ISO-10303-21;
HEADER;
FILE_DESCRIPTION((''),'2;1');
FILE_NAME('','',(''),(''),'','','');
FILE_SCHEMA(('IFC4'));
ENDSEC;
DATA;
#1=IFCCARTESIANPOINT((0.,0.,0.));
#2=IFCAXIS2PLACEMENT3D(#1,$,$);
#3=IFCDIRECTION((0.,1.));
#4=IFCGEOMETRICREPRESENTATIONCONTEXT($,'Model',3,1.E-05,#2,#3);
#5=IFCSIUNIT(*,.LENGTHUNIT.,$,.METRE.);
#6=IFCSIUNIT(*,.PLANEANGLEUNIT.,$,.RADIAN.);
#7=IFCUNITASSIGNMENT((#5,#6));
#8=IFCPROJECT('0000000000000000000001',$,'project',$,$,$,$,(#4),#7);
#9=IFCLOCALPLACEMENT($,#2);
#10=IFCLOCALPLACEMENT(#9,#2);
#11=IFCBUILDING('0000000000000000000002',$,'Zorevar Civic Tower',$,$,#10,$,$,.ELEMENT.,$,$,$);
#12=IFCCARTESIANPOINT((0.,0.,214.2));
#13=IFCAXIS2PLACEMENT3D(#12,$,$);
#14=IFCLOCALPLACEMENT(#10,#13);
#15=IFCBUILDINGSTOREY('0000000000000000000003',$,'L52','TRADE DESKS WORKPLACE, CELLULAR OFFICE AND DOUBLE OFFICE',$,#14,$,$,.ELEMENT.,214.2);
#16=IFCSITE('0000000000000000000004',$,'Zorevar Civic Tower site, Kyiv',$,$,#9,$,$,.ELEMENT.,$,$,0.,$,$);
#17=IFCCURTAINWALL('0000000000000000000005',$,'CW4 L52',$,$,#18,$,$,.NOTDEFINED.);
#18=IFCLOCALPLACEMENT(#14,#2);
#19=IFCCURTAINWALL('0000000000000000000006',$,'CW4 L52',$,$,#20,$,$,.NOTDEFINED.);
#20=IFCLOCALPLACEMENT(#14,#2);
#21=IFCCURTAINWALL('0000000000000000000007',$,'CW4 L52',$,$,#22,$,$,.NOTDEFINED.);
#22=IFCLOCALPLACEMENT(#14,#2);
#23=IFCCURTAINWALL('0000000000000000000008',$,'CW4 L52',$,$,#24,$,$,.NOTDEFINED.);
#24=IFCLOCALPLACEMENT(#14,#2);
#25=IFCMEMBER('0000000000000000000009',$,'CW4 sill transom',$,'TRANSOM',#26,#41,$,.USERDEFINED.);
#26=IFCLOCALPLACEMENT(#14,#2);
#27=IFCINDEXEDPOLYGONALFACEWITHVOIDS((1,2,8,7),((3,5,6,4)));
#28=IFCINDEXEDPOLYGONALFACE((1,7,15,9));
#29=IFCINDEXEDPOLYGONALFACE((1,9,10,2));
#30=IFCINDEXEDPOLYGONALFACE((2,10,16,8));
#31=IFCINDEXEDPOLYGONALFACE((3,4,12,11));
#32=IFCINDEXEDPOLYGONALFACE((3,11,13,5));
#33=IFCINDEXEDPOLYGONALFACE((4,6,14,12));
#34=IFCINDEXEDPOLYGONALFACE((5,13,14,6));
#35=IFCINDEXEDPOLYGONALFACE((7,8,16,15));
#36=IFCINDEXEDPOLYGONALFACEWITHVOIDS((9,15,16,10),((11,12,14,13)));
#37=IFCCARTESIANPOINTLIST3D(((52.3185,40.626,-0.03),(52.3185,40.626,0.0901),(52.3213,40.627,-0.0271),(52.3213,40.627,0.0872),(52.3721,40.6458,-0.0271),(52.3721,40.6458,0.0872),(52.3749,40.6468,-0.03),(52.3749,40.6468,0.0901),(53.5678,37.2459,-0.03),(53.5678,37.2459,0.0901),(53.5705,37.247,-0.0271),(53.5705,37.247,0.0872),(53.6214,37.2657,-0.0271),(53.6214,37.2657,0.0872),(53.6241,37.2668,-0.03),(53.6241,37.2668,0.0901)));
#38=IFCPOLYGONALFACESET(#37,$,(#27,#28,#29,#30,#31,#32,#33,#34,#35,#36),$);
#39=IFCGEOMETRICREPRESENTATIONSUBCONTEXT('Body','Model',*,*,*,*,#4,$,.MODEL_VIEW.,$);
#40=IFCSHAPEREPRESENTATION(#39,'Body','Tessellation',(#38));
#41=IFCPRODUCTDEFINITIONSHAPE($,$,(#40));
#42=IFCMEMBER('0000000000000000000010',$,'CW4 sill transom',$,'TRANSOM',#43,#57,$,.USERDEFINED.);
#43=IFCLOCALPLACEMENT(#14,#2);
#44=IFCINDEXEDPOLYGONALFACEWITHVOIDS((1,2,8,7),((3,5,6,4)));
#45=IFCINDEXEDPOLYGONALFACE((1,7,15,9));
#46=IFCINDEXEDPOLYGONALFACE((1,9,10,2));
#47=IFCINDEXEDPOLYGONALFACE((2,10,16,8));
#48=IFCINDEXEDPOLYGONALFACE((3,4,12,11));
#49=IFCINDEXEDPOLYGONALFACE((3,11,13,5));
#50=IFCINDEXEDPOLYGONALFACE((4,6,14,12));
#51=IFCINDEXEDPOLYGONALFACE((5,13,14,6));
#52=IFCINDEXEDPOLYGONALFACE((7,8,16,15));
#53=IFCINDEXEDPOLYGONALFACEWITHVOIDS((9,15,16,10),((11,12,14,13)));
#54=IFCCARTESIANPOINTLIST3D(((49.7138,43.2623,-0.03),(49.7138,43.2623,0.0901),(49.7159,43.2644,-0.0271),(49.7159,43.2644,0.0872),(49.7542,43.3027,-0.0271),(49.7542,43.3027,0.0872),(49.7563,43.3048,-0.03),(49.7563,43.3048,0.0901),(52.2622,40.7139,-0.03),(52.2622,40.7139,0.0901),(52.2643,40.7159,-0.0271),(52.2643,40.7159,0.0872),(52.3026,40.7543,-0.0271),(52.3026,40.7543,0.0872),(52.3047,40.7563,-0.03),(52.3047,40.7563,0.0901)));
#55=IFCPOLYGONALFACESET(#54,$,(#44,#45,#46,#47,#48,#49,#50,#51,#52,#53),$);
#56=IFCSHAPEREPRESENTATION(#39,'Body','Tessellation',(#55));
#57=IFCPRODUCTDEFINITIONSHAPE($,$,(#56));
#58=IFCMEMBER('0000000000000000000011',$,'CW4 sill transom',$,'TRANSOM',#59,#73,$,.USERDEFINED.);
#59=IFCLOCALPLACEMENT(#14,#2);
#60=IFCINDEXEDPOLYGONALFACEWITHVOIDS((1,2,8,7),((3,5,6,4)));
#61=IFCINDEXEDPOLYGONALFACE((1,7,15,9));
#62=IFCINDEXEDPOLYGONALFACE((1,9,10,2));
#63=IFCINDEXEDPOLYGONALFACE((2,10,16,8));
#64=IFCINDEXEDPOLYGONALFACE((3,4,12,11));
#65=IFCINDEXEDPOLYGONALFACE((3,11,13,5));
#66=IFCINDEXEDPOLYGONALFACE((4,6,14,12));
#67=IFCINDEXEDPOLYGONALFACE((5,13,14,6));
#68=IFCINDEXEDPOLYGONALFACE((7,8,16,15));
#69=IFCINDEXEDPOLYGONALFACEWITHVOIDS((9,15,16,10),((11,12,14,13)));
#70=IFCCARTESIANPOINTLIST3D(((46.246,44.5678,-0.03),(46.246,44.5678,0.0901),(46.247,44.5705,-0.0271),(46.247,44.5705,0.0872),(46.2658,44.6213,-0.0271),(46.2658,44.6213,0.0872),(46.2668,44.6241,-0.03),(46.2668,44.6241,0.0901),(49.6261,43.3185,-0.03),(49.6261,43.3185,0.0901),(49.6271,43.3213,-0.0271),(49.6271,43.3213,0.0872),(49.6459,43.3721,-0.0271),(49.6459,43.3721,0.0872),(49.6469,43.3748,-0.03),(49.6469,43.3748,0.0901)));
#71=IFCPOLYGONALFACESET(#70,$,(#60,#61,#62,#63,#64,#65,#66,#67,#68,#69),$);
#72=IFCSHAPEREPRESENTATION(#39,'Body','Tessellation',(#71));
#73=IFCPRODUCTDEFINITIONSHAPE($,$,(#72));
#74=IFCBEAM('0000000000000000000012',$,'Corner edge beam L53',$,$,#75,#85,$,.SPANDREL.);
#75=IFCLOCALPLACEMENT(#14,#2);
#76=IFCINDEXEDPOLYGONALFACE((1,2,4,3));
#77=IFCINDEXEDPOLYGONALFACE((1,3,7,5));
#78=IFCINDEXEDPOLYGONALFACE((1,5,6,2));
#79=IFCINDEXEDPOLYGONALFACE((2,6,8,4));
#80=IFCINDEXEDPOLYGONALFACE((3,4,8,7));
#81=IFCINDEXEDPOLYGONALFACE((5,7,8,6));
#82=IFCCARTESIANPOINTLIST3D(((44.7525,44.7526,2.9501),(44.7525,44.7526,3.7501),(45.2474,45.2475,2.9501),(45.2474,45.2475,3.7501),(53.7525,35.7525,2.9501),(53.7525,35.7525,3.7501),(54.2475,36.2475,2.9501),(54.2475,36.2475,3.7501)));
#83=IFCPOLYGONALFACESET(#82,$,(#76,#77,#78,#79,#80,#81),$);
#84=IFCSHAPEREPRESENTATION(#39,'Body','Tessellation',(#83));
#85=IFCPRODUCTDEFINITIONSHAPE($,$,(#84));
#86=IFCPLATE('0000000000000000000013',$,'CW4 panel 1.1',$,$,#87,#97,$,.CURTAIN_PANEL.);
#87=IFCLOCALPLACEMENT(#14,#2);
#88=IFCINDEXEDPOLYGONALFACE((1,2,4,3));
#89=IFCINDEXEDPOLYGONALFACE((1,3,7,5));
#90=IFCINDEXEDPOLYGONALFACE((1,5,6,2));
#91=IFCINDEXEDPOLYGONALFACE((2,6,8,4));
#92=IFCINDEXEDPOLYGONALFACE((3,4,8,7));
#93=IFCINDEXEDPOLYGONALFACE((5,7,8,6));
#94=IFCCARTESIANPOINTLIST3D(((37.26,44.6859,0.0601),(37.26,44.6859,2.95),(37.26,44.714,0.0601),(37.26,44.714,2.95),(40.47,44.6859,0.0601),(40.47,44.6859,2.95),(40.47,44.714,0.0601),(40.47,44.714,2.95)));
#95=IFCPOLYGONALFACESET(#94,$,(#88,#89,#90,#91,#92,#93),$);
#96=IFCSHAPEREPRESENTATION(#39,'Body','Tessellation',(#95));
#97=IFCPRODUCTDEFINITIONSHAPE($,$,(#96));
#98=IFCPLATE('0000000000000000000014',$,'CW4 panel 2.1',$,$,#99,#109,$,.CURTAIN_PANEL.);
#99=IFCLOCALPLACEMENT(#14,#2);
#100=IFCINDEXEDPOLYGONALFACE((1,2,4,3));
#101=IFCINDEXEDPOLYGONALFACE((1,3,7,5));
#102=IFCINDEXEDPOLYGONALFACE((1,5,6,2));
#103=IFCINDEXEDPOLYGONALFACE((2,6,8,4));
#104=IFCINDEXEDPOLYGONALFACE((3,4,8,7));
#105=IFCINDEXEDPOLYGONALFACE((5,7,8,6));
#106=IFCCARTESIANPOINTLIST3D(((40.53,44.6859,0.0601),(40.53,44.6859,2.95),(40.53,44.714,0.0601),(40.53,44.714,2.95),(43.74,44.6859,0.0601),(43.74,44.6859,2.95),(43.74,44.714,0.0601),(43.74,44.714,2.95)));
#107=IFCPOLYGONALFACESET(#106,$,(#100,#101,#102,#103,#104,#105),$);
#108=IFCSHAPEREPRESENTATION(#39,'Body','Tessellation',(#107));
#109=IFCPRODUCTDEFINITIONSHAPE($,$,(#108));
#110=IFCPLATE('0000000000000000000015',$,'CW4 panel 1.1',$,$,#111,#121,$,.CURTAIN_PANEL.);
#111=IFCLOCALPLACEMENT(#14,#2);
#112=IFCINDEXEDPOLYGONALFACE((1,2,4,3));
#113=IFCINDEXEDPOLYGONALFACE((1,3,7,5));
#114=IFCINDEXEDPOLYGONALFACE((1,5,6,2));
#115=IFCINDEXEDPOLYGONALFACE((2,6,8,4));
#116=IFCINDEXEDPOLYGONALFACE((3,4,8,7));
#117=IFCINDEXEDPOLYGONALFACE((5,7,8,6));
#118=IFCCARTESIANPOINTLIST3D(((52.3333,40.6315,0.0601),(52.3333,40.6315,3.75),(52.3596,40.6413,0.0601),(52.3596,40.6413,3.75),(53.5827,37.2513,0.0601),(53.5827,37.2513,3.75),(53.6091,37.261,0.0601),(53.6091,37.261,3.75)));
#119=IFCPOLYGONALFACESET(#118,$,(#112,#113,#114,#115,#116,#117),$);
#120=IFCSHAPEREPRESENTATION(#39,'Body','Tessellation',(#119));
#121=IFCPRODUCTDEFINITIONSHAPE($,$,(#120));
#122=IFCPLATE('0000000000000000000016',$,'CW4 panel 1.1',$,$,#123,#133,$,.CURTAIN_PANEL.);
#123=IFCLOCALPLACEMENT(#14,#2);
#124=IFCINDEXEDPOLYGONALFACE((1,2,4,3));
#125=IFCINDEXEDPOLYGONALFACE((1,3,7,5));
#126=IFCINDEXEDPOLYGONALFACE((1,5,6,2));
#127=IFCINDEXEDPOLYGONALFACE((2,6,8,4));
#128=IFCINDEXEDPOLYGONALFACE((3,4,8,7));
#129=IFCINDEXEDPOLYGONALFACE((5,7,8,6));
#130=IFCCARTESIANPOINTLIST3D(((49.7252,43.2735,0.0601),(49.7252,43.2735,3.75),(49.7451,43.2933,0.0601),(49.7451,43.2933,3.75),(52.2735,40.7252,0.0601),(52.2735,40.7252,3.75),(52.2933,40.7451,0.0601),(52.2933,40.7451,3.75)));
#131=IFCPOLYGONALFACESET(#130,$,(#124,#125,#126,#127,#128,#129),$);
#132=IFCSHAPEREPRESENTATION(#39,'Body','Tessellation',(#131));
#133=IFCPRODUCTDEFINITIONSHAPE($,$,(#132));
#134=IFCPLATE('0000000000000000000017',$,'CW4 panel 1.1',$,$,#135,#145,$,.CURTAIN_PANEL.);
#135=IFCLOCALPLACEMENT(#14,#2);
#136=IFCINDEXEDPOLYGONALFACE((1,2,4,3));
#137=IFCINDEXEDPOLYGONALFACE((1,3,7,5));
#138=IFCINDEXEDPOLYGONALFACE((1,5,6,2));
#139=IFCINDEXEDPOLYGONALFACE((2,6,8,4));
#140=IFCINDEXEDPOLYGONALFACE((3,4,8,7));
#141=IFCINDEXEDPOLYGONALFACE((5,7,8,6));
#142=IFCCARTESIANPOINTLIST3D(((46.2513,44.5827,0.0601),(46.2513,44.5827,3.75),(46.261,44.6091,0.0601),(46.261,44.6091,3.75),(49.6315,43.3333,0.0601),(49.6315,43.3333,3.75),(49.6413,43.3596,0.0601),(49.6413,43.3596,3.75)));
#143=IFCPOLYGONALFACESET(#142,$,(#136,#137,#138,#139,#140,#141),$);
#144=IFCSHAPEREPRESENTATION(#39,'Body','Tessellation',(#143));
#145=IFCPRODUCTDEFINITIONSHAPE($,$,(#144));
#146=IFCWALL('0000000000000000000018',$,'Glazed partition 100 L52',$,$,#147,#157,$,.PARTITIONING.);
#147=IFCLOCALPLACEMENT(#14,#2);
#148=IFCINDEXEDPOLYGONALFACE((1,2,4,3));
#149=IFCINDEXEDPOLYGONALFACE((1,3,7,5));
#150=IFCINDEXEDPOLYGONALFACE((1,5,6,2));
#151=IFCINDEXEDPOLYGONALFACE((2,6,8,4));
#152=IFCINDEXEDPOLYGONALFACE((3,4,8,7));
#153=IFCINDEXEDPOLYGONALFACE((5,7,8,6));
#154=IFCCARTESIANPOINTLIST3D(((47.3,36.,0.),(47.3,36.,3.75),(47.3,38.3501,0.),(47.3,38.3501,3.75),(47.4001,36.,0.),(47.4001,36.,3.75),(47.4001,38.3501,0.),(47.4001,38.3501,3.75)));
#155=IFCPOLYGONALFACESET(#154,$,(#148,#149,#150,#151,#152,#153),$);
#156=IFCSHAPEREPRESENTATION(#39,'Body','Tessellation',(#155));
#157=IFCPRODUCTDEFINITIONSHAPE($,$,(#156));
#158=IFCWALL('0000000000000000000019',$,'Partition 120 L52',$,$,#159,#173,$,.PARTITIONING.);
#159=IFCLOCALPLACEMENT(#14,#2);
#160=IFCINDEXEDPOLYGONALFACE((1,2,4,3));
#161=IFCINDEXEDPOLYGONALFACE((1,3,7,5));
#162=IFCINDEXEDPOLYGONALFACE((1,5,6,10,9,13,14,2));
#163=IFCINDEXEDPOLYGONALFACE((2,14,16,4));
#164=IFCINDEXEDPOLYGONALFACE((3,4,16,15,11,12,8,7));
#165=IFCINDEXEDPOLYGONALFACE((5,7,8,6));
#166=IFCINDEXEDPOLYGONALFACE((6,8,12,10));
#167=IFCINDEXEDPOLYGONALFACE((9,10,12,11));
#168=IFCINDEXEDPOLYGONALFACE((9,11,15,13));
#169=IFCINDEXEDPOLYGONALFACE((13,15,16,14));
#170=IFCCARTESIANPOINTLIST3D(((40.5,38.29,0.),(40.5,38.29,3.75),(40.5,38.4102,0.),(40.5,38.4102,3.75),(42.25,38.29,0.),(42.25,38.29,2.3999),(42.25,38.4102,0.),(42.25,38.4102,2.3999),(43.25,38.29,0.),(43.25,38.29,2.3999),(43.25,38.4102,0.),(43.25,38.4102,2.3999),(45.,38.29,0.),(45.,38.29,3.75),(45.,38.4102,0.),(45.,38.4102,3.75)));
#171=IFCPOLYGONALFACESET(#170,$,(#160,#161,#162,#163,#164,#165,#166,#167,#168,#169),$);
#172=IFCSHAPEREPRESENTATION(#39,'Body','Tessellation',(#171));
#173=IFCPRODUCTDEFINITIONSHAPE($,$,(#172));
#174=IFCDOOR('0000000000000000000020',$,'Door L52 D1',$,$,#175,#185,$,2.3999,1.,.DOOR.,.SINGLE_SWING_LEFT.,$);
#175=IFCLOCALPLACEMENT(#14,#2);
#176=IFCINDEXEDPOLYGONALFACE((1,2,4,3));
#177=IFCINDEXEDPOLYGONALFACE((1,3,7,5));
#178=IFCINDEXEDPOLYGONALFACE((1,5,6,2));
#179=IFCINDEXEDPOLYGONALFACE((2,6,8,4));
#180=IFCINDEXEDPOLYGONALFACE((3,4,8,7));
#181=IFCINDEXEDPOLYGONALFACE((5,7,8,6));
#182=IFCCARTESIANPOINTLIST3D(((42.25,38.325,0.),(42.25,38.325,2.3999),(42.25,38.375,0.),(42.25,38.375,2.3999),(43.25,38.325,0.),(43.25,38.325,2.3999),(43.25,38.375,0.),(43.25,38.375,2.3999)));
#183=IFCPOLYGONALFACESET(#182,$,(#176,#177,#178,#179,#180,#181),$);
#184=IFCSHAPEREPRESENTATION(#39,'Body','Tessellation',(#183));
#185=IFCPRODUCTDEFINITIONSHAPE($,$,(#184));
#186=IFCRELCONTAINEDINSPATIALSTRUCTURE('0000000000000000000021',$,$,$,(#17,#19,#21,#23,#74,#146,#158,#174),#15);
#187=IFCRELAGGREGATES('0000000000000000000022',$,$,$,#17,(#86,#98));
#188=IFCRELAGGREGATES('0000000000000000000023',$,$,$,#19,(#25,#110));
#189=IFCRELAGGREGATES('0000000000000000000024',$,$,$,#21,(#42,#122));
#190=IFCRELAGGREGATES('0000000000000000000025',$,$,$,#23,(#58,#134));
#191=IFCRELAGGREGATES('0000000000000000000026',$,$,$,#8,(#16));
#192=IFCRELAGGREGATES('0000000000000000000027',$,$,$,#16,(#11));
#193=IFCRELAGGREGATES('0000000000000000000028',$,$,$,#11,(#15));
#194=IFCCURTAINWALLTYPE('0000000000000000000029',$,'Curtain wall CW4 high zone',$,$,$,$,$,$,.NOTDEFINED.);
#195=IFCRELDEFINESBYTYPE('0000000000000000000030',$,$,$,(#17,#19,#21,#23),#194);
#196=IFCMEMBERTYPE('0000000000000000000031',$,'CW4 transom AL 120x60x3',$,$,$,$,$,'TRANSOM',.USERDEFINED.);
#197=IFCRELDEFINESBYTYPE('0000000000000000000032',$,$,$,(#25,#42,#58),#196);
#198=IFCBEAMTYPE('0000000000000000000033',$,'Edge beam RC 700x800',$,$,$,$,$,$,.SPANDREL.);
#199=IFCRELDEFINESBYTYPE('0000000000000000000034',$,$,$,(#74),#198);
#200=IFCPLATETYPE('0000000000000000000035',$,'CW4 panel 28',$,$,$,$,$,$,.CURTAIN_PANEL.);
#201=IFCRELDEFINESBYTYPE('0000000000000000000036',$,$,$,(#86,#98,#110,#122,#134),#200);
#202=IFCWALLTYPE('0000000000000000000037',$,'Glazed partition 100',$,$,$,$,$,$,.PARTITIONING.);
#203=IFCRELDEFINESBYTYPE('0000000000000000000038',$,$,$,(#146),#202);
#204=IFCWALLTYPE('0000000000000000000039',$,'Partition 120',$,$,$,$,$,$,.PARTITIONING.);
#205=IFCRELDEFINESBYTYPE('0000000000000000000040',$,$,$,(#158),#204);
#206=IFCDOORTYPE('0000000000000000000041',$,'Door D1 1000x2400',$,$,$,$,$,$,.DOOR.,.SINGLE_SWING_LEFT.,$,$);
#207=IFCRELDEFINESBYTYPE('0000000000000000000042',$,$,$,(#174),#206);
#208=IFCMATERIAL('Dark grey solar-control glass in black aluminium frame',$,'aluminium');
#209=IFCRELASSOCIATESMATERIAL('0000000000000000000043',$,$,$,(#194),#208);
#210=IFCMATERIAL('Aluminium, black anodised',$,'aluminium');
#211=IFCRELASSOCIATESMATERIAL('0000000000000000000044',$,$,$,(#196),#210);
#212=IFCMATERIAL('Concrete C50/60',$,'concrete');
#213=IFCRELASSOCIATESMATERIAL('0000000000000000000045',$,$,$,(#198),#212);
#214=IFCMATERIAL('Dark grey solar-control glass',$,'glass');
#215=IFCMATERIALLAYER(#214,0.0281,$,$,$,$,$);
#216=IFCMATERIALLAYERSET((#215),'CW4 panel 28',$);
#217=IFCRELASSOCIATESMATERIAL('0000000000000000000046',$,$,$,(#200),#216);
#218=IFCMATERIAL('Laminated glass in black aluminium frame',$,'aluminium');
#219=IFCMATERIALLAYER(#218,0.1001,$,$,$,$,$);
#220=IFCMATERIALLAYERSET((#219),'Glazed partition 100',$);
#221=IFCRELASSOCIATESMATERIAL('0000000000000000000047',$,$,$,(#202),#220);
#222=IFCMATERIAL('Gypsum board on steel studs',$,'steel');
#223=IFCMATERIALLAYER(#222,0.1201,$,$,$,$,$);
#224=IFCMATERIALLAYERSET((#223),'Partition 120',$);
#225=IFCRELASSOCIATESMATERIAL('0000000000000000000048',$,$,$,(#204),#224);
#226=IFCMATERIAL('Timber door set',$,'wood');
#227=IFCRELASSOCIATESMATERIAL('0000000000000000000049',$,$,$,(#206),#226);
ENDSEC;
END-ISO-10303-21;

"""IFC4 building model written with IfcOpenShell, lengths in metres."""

from ifc_helpers import new_model, si_unit, direction, frame, frame_2d, origin, origin_2d, place, context, subcontext, project, spatial, rectangle, hollow_rectangle, extrude, material, layer, layer_set, material_profile, profile_set, type_object, element, fill, aggregate, save


model = new_model("IFC4")

# Units and contexts
model_context = context("Model", 3, precision=1e-05, world=origin(), true_north=direction((0.0, 1.0)))
body_context = subcontext(model_context, "Body", "Model", "MODEL_VIEW")
ifc_project = project(units=[si_unit("LENGTHUNIT", "METRE"), si_unit("PLANEANGLEUNIT", "RADIAN")], contexts=[model_context])

# Site, building, storey
site_placement = place(None, origin())
site = spatial("IfcSite", under=ifc_project, at=site_placement, Name="Zorevar Civic Tower site, Kyiv", CompositionType="ELEMENT", RefElevation=0.0)
building_placement = place(site_placement, origin())
building = spatial("IfcBuilding", under=site, at=building_placement, Name="Zorevar Civic Tower", CompositionType="ELEMENT")
storey_placement = place(building_placement, frame((0.0, 0.0, 214.2)))
storey = spatial("IfcBuildingStorey", under=building, at=storey_placement, Name="L52", Description="TRADE DESKS WORKPLACE, CELLULAR OFFICE AND DOUBLE OFFICE", CompositionType="ELEMENT", Elevation=214.2)

# Curtain walls
ifc_material_1 = material(Name="Dark grey solar-control glass in black aluminium frame", Category="aluminium")
curtain_wall_type = type_object("IfcCurtainWallType", Name="Curtain wall CW4 high zone", PredefinedType="NOTDEFINED", material=ifc_material_1)
curtain_wall_1_placement = place(storey_placement, origin())
curtain_wall_1 = element("IfcCurtainWall", 1, at=curtain_wall_1_placement, inside=storey, type_object=curtain_wall_type, Name="CW4 L52", PredefinedType="NOTDEFINED")
curtain_wall_2_placement = place(storey_placement, origin())
curtain_wall_2 = element("IfcCurtainWall", 2, at=curtain_wall_2_placement, inside=storey, type_object=curtain_wall_type, Name="CW4 L52", PredefinedType="NOTDEFINED")
curtain_wall_3_placement = place(storey_placement, origin())
curtain_wall_3 = element("IfcCurtainWall", 3, at=curtain_wall_3_placement, inside=storey, type_object=curtain_wall_type, Name="CW4 L52", PredefinedType="NOTDEFINED")
curtain_wall_4_placement = place(storey_placement, origin())
curtain_wall_4 = element("IfcCurtainWall", 4, at=curtain_wall_4_placement, inside=storey, type_object=curtain_wall_type, Name="CW4 L52", PredefinedType="NOTDEFINED")

# Members
ifc_material_2 = material(Name="Aluminium, black anodised", Category="aluminium")
ifc_material_profile_1 = material_profile(ifc_material_2, hollow_rectangle(XDim=0.0601, YDim=0.1201, WallThickness=0.0029, at=origin_2d()), Name="AL 120x60x3")
ifc_profile_set_1 = profile_set([ifc_material_profile_1], Name="Aluminium, black anodised")
member_type_1 = type_object("IfcMemberType", Name="CW4 transom AL 120x60x3", ElementType="TRANSOM", PredefinedType="USERDEFINED", material=ifc_profile_set_1)
member_1_placement = place(storey_placement, frame((53.5959, 37.2563, 0.03), z_axis=(-0.346672, 0.937986, 0.0), x_axis=(-0.937986, -0.346672, 0.0)))
member_1 = element("IfcMember", 5, at=member_1_placement, type_object=member_type_1, Name="CW4 sill transom", ObjectType="TRANSOM", PredefinedType="USERDEFINED", context=body_context, shape_type="SweptSolid", body=[
    extrude(hollow_rectangle(XDim=0.0601, YDim=0.1201, WallThickness=0.0029, at=origin_2d()), origin(), (0.0, 0.0, 1.0), 3.6035),
])
member_2_placement = place(storey_placement, frame((52.2834, 40.7351, 0.03), z_axis=(-0.707107, 0.707107, 0.0), x_axis=(-0.707107, -0.707107, 0.0)))
member_2 = element("IfcMember", 6, at=member_2_placement, type_object=member_type_1, Name="CW4 sill transom", ObjectType="TRANSOM", PredefinedType="USERDEFINED", context=body_context, shape_type="SweptSolid", body=[
    extrude(hollow_rectangle(XDim=0.0601, YDim=0.1201, WallThickness=0.0029, at=origin_2d()), origin(), (0.0, 0.0, 1.0), 3.604),
])
member_3_placement = place(storey_placement, frame((49.6365, 43.3467, 0.03), z_axis=(-0.937986, 0.346672, 0.0), x_axis=(-0.346672, -0.937986, 0.0)))
member_3 = element("IfcMember", 7, at=member_3_placement, type_object=member_type_1, Name="CW4 sill transom", ObjectType="TRANSOM", PredefinedType="USERDEFINED", context=body_context, shape_type="SweptSolid", body=[
    extrude(hollow_rectangle(XDim=0.0601, YDim=0.1201, WallThickness=0.0029, at=origin_2d()), origin(), (0.0, 0.0, 1.0), 3.6035),
])

# Beam
ifc_material_3 = material(Name="Concrete C50/60", Category="concrete")
ifc_material_profile_2 = material_profile(ifc_material_3, rectangle(XDim=0.7, YDim=0.8, at=origin_2d()), Name="RC 700x800")
ifc_profile_set_2 = profile_set([ifc_material_profile_2], Name="Concrete C50/60")
beam_type_1 = type_object("IfcBeamType", Name="Edge beam RC 700x800", PredefinedType="SPANDREL", material=ifc_profile_set_2)
beam_1_placement = place(storey_placement, frame((54.0, 36.0, 3.3501), z_axis=(-0.707107, 0.707107, 0.0), x_axis=(-0.707107, -0.707107, 0.0)))
element("IfcBeam", 8, at=beam_1_placement, inside=storey, type_object=beam_type_1, Name="Corner edge beam L53", PredefinedType="SPANDREL", context=body_context, shape_type="SweptSolid", body=[
    extrude(rectangle(XDim=0.7, YDim=0.8, at=origin_2d()), origin(), (0.0, 0.0, 1.0), 12.728),
])

# Plates
ifc_material_4 = material(Name="Dark grey solar-control glass", Category="glass")
ifc_layer_1 = layer(ifc_material_4, 0.0281)
ifc_layer_set_1 = layer_set([ifc_layer_1], Name="CW4 panel 28")
plate_type = type_object("IfcPlateType", Name="CW4 panel 28", PredefinedType="CURTAIN_PANEL", material=ifc_layer_set_1)
plate_1_placement = place(storey_placement, frame((38.865, 44.7, 0.0601), z_axis=(0.0, 0.0, 1.0), x_axis=(1.0, 0.0, 0.0)))
plate_1 = element("IfcPlate", 9, at=plate_1_placement, type_object=plate_type, Name="CW4 panel 1.1", PredefinedType="CURTAIN_PANEL", context=body_context, shape_type="SweptSolid", body=[
    extrude(rectangle(XDim=3.21, YDim=0.0281, at=origin_2d()), origin(), (0.0, 0.0, 1.0), 2.8899),
])
plate_2_placement = place(storey_placement, frame((42.135, 44.7, 0.0601), z_axis=(0.0, 0.0, 1.0), x_axis=(1.0, 0.0, 0.0)))
plate_2 = element("IfcPlate", 10, at=plate_2_placement, type_object=plate_type, Name="CW4 panel 2.1", PredefinedType="CURTAIN_PANEL", context=body_context, shape_type="SweptSolid", body=[
    extrude(rectangle(XDim=3.21, YDim=0.0281, at=origin_2d()), origin(), (0.0, 0.0, 1.0), 2.8899),
])
aggregate(curtain_wall_1, [plate_1, plate_2])
plate_3_placement = place(storey_placement, frame((52.9712, 38.9463, 0.0601), z_axis=(0.0, 0.0, 1.0), x_axis=(-0.346704, 0.937975, 0.0)))
plate_3 = element("IfcPlate", 11, at=plate_3_placement, type_object=plate_type, Name="CW4 panel 1.1", PredefinedType="CURTAIN_PANEL", context=body_context, shape_type="SweptSolid", body=[
    extrude(rectangle(XDim=3.6038, YDim=0.0281, at=origin_2d()), origin(), (0.0, 0.0, 1.0), 3.6899),
])
aggregate(curtain_wall_2, [member_1, plate_3])
plate_4_placement = place(storey_placement, frame((51.0093, 42.0093, 0.0601), z_axis=(0.0, 0.0, 1.0), x_axis=(-0.707107, 0.707107, 0.0)))
plate_4 = element("IfcPlate", 12, at=plate_4_placement, type_object=plate_type, Name="CW4 panel 1.1", PredefinedType="CURTAIN_PANEL", context=body_context, shape_type="SweptSolid", body=[
    extrude(rectangle(XDim=3.6038, YDim=0.0281, at=origin_2d()), origin(), (0.0, 0.0, 1.0), 3.6899),
])
aggregate(curtain_wall_3, [member_2, plate_4])
plate_5_placement = place(storey_placement, frame((47.9463, 43.9712, 0.0601), z_axis=(0.0, 0.0, 1.0), x_axis=(-0.937975, 0.346704, 0.0)))
plate_5 = element("IfcPlate", 13, at=plate_5_placement, type_object=plate_type, Name="CW4 panel 1.1", PredefinedType="CURTAIN_PANEL", context=body_context, shape_type="SweptSolid", body=[
    extrude(rectangle(XDim=3.6038, YDim=0.0281, at=origin_2d()), origin(), (0.0, 0.0, 1.0), 3.6899),
])
aggregate(curtain_wall_4, [member_3, plate_5])

# Shared definitions
ifc_material_5 = material(Name="Laminated glass in black aluminium frame", Category="aluminium")
ifc_layer_2 = layer(ifc_material_5, 0.1001)
ifc_layer_set_2 = layer_set([ifc_layer_2], Name="Glazed partition 100")
wall_type_1 = type_object("IfcWallType", Name="Glazed partition 100", PredefinedType="PARTITIONING", material=ifc_layer_set_2)

# Wall
wall_1_placement = place(storey_placement, frame((47.3501, 36.0, 0.0), z_axis=(0.0, 0.0, 1.0), x_axis=(0.0, 1.0, 0.0)))
element("IfcWall", 14, at=wall_1_placement, inside=storey, type_object=wall_type_1, Name="Glazed partition 100 L52", PredefinedType="PARTITIONING", context=body_context, shape_type="SweptSolid", body=[
    extrude(rectangle(XDim=2.3501, YDim=0.1001, at=frame_2d((1.175, 0.0))), origin(), (0.0, 0.0, 1.0), 3.75),
])

# Wall, opening, door
ifc_material_6 = material(Name="Gypsum board on steel studs", Category="steel")
ifc_layer_3 = layer(ifc_material_6, 0.1201)
ifc_layer_set_3 = layer_set([ifc_layer_3], Name="Partition 120")
wall_type_2 = type_object("IfcWallType", Name="Partition 120", PredefinedType="PARTITIONING", material=ifc_layer_set_3)
wall_2_placement = place(storey_placement, frame((40.5, 38.3501, 0.0), z_axis=(0.0, 0.0, 1.0), x_axis=(1.0, 0.0, 0.0)))
wall_2 = element("IfcWall", 15, at=wall_2_placement, inside=storey, type_object=wall_type_2, Name="Partition 120 L52", PredefinedType="PARTITIONING", context=body_context, shape_type="SweptSolid", body=[
    extrude(rectangle(XDim=4.5, YDim=0.1201, at=frame_2d((2.25, 0.0))), origin(), (0.0, 0.0, 1.0), 3.75),
])
opening_1_placement = place(wall_2_placement, frame((1.75, 0.0, 0.0)))
opening_1 = element("IfcOpeningElement", 16, at=opening_1_placement, cuts=wall_2, PredefinedType="OPENING", context=body_context, shape_type="SweptSolid", body=[
    extrude(rectangle(XDim=1.0, YDim=2.3999, at=frame_2d((0.5, 1.2))), frame((0.0, 0.0701, 0.0), z_axis=(0.0, -1.0, 0.0), x_axis=(1.0, 0.0, 0.0)), (0.0, 0.0, 1.0), 0.1401),
])
ifc_material_7 = material(Name="Timber door set", Category="wood")
door_type_1 = type_object("IfcDoorType", Name="Door D1 1000x2400", OperationType="SINGLE_SWING_LEFT", PredefinedType="DOOR", material=ifc_material_7)
door_1_placement = place(opening_1_placement, origin())
door_1 = element("IfcDoor", 17, at=door_1_placement, inside=storey, type_object=door_type_1, Name="Door L52 D1", OperationType="SINGLE_SWING_LEFT", OverallHeight=2.3999, OverallWidth=1.0, PredefinedType="DOOR", context=body_context, shape_type="SweptSolid", body=[
    extrude(rectangle(XDim=1.0, YDim=2.3999, at=frame_2d((0.5, 1.2))), frame((0.0, 0.0249, 0.0), z_axis=(0.0, -1.0, 0.0), x_axis=(1.0, 0.0, 0.0)), (0.0, 0.0, 1.0), 0.05),
])
fill(opening_1, door_1)

save(model, "model.ifc")
